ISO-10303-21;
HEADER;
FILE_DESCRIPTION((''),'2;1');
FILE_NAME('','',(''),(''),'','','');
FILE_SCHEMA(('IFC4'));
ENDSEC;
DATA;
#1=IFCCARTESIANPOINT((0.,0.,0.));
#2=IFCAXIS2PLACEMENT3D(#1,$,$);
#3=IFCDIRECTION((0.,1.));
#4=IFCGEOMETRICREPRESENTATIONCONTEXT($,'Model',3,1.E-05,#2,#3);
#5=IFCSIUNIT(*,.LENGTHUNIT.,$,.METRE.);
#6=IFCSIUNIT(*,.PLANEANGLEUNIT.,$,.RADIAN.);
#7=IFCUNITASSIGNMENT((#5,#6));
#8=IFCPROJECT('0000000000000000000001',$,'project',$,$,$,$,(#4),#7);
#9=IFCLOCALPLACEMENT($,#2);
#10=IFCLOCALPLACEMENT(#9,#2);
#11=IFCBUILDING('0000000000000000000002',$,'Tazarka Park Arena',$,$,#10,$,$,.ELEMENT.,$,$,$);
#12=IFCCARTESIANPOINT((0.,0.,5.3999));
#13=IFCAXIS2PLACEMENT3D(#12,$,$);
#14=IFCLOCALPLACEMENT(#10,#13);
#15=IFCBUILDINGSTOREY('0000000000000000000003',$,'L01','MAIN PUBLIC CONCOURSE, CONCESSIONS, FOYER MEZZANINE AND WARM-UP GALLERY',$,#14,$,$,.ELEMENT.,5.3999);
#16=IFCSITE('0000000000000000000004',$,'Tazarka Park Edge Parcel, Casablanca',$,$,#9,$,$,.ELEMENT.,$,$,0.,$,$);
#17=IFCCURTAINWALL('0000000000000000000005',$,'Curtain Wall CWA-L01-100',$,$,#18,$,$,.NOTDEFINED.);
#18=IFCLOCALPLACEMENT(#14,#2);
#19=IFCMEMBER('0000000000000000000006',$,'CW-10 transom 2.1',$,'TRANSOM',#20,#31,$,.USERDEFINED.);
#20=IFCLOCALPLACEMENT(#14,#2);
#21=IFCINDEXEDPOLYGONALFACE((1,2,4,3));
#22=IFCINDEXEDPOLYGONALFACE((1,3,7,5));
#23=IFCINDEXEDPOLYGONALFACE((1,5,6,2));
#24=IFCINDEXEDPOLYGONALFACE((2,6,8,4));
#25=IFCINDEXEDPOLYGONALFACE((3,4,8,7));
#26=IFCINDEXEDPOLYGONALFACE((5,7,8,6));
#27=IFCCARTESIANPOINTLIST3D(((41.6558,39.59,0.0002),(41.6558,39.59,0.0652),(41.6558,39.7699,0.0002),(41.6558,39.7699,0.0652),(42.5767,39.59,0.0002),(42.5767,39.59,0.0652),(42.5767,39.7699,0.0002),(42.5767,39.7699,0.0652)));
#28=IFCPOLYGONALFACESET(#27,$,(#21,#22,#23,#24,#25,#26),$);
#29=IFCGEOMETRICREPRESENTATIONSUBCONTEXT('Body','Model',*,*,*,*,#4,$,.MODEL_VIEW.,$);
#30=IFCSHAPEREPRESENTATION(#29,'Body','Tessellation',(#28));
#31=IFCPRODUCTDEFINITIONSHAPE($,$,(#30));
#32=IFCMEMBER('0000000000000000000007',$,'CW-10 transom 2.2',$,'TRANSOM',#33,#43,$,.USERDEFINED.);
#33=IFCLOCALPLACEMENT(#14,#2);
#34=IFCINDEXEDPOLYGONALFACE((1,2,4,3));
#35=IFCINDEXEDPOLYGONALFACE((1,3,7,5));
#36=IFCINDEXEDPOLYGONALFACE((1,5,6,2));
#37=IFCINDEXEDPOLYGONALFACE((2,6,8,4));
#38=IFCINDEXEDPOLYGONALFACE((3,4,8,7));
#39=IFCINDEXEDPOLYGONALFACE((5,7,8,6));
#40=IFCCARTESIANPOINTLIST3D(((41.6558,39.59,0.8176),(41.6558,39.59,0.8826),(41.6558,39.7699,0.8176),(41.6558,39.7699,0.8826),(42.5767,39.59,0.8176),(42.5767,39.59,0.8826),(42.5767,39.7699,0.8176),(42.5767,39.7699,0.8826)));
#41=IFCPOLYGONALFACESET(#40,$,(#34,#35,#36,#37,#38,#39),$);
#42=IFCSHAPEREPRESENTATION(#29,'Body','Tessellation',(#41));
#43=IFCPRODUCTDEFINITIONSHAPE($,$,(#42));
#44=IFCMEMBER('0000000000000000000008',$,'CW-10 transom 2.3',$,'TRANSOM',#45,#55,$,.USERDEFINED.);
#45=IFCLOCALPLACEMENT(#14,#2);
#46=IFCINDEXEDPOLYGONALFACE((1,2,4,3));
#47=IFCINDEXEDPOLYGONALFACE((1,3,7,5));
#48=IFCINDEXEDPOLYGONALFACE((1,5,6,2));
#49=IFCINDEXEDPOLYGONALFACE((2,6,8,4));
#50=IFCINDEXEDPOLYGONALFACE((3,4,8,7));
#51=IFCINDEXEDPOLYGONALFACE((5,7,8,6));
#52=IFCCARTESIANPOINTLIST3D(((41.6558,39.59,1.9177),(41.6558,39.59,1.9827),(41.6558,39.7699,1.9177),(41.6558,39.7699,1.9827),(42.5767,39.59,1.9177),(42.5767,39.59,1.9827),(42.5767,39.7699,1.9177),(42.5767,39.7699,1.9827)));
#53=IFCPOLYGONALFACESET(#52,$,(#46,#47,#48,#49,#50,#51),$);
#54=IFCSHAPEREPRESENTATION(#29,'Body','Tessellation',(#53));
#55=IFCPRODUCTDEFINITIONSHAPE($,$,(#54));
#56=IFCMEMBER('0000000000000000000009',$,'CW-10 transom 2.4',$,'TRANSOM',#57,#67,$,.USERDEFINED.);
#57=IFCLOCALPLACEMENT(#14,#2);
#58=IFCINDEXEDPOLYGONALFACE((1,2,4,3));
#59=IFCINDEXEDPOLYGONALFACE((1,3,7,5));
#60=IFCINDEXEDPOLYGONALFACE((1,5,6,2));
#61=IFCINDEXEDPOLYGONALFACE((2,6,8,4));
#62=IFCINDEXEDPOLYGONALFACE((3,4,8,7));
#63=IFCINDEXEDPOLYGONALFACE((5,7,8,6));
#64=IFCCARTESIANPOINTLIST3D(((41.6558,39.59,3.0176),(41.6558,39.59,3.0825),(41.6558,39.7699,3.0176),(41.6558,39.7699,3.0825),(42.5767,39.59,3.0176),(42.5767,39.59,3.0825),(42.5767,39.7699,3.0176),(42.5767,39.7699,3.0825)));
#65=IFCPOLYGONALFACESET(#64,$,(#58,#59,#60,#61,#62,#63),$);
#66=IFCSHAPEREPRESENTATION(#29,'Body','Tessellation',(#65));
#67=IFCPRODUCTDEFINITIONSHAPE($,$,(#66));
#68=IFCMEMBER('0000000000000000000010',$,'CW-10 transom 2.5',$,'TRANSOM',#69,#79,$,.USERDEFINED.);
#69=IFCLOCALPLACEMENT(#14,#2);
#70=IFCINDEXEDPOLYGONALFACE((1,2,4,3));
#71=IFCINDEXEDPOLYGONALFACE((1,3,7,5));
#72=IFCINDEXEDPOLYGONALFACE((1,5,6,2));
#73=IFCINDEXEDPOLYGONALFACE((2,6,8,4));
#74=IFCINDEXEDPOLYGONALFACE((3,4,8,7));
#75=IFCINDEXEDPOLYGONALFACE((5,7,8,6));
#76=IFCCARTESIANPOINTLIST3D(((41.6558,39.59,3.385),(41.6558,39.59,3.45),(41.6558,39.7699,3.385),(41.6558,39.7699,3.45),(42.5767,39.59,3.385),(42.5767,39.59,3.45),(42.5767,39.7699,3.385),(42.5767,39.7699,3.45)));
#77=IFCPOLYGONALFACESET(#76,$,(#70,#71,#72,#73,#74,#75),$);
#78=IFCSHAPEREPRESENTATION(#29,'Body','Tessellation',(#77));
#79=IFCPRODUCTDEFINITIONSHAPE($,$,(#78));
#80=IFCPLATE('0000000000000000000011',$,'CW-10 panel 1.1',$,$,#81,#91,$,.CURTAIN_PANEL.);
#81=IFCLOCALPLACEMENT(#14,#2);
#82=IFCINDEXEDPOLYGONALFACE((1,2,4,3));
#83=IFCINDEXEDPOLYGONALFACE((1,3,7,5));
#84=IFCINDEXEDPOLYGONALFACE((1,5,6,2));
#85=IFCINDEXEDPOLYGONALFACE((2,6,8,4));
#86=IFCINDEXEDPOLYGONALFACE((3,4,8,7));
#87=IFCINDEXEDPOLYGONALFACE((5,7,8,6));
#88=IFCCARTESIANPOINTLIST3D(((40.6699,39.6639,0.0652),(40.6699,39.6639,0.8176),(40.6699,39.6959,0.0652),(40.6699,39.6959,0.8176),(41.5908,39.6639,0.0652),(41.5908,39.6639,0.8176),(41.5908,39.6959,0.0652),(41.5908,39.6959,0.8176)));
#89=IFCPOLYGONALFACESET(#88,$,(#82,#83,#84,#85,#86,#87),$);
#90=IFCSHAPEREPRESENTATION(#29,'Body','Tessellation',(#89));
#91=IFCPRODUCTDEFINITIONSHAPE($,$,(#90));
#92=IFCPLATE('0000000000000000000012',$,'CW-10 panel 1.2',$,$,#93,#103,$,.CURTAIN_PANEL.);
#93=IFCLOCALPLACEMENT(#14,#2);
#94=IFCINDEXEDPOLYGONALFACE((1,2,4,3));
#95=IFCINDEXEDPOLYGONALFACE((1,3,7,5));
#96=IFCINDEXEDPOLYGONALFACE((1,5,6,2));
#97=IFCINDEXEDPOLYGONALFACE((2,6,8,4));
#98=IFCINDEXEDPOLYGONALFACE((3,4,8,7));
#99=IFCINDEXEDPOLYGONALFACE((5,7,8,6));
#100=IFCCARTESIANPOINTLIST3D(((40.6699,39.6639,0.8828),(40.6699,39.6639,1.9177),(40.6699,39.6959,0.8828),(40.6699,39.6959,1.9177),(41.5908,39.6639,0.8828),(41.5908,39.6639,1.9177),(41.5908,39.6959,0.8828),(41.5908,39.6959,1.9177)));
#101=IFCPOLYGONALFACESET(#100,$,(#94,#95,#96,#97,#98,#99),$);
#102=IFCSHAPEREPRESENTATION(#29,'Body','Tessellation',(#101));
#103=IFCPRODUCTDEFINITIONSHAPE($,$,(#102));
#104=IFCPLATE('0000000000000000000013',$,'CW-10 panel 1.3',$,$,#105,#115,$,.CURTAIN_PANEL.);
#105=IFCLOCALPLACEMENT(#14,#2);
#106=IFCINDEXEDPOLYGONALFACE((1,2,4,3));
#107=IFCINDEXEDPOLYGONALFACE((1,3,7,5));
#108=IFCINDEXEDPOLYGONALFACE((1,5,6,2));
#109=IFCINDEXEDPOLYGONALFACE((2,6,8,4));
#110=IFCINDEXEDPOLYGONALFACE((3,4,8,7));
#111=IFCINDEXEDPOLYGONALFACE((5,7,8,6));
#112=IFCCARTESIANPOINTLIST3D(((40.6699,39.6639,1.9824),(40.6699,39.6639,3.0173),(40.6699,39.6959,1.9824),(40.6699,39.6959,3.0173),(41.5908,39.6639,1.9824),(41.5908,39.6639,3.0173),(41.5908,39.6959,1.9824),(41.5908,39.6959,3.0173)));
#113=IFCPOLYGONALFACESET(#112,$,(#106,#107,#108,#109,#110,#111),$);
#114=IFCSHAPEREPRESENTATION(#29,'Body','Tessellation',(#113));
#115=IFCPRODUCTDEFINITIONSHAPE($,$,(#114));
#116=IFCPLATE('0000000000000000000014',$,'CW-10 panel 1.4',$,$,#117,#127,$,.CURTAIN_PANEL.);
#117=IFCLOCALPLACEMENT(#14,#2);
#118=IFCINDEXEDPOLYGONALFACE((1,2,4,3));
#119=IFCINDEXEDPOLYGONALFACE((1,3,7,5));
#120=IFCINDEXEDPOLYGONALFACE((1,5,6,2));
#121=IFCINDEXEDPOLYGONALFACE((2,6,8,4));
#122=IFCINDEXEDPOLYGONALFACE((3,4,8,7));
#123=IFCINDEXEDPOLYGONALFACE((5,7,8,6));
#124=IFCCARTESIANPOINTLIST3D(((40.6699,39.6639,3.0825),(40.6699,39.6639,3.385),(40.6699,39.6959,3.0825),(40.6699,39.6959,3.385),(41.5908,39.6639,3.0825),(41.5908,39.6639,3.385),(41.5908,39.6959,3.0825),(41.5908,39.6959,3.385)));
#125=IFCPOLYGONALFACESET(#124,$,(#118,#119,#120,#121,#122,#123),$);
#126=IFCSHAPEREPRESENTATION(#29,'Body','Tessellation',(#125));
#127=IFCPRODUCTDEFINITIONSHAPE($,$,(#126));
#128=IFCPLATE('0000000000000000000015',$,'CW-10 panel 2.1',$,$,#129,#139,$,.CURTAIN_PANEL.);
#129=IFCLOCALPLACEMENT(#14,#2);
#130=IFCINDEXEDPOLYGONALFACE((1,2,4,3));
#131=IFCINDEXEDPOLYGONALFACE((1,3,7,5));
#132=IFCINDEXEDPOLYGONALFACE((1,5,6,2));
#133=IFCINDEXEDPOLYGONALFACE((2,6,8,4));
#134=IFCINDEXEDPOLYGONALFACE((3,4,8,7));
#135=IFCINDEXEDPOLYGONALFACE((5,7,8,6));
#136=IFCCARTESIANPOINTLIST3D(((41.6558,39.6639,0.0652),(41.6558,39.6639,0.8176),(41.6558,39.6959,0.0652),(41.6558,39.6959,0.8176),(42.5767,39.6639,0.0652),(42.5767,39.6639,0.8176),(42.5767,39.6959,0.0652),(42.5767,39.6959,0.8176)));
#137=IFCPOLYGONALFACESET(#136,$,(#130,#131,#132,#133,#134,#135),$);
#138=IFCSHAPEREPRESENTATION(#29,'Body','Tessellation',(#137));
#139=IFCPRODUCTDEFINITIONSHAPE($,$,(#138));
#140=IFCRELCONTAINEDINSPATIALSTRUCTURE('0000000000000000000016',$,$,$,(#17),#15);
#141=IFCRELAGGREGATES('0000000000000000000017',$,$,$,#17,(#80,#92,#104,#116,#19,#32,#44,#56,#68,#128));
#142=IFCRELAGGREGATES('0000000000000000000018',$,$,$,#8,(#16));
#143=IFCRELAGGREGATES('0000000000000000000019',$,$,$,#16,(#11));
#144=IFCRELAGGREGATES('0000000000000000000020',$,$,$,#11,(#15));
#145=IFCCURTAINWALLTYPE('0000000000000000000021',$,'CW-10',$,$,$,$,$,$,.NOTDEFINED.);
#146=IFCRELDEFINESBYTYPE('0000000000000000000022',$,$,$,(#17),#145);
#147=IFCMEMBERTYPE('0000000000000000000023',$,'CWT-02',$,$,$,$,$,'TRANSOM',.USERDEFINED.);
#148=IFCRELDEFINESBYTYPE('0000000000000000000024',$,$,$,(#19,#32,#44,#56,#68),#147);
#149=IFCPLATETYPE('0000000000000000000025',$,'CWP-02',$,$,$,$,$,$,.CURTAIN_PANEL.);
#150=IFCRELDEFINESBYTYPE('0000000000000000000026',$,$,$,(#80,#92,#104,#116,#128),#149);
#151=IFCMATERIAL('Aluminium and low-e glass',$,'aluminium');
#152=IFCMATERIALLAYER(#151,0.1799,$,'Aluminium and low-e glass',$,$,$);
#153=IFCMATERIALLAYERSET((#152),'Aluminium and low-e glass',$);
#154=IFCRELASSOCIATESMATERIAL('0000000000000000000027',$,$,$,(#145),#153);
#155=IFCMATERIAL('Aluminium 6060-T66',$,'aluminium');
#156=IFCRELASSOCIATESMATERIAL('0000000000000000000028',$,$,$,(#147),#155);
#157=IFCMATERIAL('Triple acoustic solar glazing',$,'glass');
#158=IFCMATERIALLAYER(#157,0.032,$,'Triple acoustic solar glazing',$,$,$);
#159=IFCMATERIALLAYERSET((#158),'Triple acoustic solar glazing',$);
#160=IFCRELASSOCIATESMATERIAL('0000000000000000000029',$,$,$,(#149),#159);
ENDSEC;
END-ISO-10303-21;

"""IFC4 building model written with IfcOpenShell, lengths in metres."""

from ifc_helpers import new_model, si_unit, direction, frame, origin, origin_2d, place, context, subcontext, project, spatial, rectangle, extrude, material, layer, layer_set, material_profile, profile_set, type_object, element, aggregate, save


model = new_model("IFC4")

# Units and contexts
model_context = context("Model", 3, precision=1e-05, world=origin(), true_north=direction((0.0, 1.0)))
body_context = subcontext(model_context, "Body", "Model", "MODEL_VIEW")
ifc_project = project(units=[si_unit("LENGTHUNIT", "METRE"), si_unit("PLANEANGLEUNIT", "RADIAN")], contexts=[model_context])

# Site, building, storey
site_placement = place(None, origin())
site = spatial("IfcSite", under=ifc_project, at=site_placement, Name="Tazarka Park Edge Parcel, Casablanca", CompositionType="ELEMENT", RefElevation=0.0)
building_placement = place(site_placement, origin())
building = spatial("IfcBuilding", under=site, at=building_placement, Name="Tazarka Park Arena", CompositionType="ELEMENT")
storey_placement = place(building_placement, frame((0.0, 0.0, 5.3999)))
storey = spatial("IfcBuildingStorey", under=building, at=storey_placement, Name="L01", Description="MAIN PUBLIC CONCOURSE, CONCESSIONS, FOYER MEZZANINE AND WARM-UP GALLERY", CompositionType="ELEMENT", Elevation=5.3999)

# Curtain wall, members, plates
ifc_material_1 = material(Name="Aluminium and low-e glass", Category="aluminium")
ifc_layer_1 = layer(ifc_material_1, 0.1799, Name="Aluminium and low-e glass")
ifc_layer_set_1 = layer_set([ifc_layer_1], Name="Aluminium and low-e glass")
curtain_wall_type = type_object("IfcCurtainWallType", Name="CW-10", PredefinedType="NOTDEFINED", material=ifc_layer_set_1)
curtain_wall_placement = place(storey_placement, origin())
curtain_wall = element("IfcCurtainWall", 1, at=curtain_wall_placement, inside=storey, type_object=curtain_wall_type, Name="Curtain Wall CWA-L01-100", PredefinedType="NOTDEFINED")
ifc_material_2 = material(Name="Aluminium 6060-T66", Category="aluminium")
ifc_material_profile_1 = material_profile(ifc_material_2, rectangle(XDim=0.1799, YDim=0.0649, at=origin_2d()), Name="Aluminium 6060-T66")
ifc_profile_set_1 = profile_set([ifc_material_profile_1], Name="Aluminium 6060-T66")
member_type_1 = type_object("IfcMemberType", Name="CWT-02", ElementType="TRANSOM", PredefinedType="USERDEFINED", material=ifc_profile_set_1)
member_1_placement = place(storey_placement, frame((41.6558, 39.6799, 0.0327), z_axis=(1.0, 0.0, 0.0), x_axis=(0.0, 1.0, 0.0)))
member_1 = element("IfcMember", 2, at=member_1_placement, type_object=member_type_1, Name="CW-10 transom 2.1", ObjectType="TRANSOM", PredefinedType="USERDEFINED", context=body_context, shape_type="SweptSolid", body=[
    extrude(rectangle(XDim=0.1799, YDim=0.0649, at=origin_2d()), origin(), (0.0, 0.0, 1.0), 0.9209),
])
member_2_placement = place(storey_placement, frame((41.6558, 39.6799, 0.8501), z_axis=(1.0, 0.0, 0.0), x_axis=(0.0, 1.0, 0.0)))
member_2 = element("IfcMember", 3, at=member_2_placement, type_object=member_type_1, Name="CW-10 transom 2.2", ObjectType="TRANSOM", PredefinedType="USERDEFINED", context=body_context, shape_type="SweptSolid", body=[
    extrude(rectangle(XDim=0.1799, YDim=0.0649, at=origin_2d()), origin(), (0.0, 0.0, 1.0), 0.9209),
])
member_3_placement = place(storey_placement, frame((41.6558, 39.6799, 1.9502), z_axis=(1.0, 0.0, 0.0), x_axis=(0.0, 1.0, 0.0)))
member_3 = element("IfcMember", 4, at=member_3_placement, type_object=member_type_1, Name="CW-10 transom 2.3", ObjectType="TRANSOM", PredefinedType="USERDEFINED", context=body_context, shape_type="SweptSolid", body=[
    extrude(rectangle(XDim=0.1799, YDim=0.0649, at=origin_2d()), origin(), (0.0, 0.0, 1.0), 0.9209),
])
member_4_placement = place(storey_placement, frame((41.6558, 39.6799, 3.05), z_axis=(1.0, 0.0, 0.0), x_axis=(0.0, 1.0, 0.0)))
member_4 = element("IfcMember", 5, at=member_4_placement, type_object=member_type_1, Name="CW-10 transom 2.4", ObjectType="TRANSOM", PredefinedType="USERDEFINED", context=body_context, shape_type="SweptSolid", body=[
    extrude(rectangle(XDim=0.1799, YDim=0.0649, at=origin_2d()), origin(), (0.0, 0.0, 1.0), 0.9209),
])
member_5_placement = place(storey_placement, frame((41.6558, 39.6799, 3.4175), z_axis=(1.0, 0.0, 0.0), x_axis=(0.0, 1.0, 0.0)))
member_5 = element("IfcMember", 6, at=member_5_placement, type_object=member_type_1, Name="CW-10 transom 2.5", ObjectType="TRANSOM", PredefinedType="USERDEFINED", context=body_context, shape_type="SweptSolid", body=[
    extrude(rectangle(XDim=0.1799, YDim=0.0649, at=origin_2d()), origin(), (0.0, 0.0, 1.0), 0.9209),
])
ifc_material_3 = material(Name="Triple acoustic solar glazing", Category="glass")
ifc_layer_2 = layer(ifc_material_3, 0.032, Name="Triple acoustic solar glazing")
ifc_layer_set_2 = layer_set([ifc_layer_2], Name="Triple acoustic solar glazing")
plate_type = type_object("IfcPlateType", Name="CWP-02", PredefinedType="CURTAIN_PANEL", material=ifc_layer_set_2)
plate_1_placement = place(storey_placement, frame((41.1304, 39.6799, 0.0652), z_axis=(0.0, 0.0, 1.0), x_axis=(1.0, 0.0, 0.0)))
plate_1 = element("IfcPlate", 7, at=plate_1_placement, type_object=plate_type, Name="CW-10 panel 1.1", PredefinedType="CURTAIN_PANEL", context=body_context, shape_type="SweptSolid", body=[
    extrude(rectangle(XDim=0.9209, YDim=0.032, at=origin_2d()), origin(), (0.0, 0.0, 1.0), 0.7524),
])
plate_2_placement = place(storey_placement, frame((41.1304, 39.6799, 0.8828), z_axis=(0.0, 0.0, 1.0), x_axis=(1.0, 0.0, 0.0)))
plate_2 = element("IfcPlate", 8, at=plate_2_placement, type_object=plate_type, Name="CW-10 panel 1.2", PredefinedType="CURTAIN_PANEL", context=body_context, shape_type="SweptSolid", body=[
    extrude(rectangle(XDim=0.9209, YDim=0.032, at=origin_2d()), origin(), (0.0, 0.0, 1.0), 1.0349),
])
plate_3_placement = place(storey_placement, frame((41.1304, 39.6799, 1.9824), z_axis=(0.0, 0.0, 1.0), x_axis=(1.0, 0.0, 0.0)))
plate_3 = element("IfcPlate", 9, at=plate_3_placement, type_object=plate_type, Name="CW-10 panel 1.3", PredefinedType="CURTAIN_PANEL", context=body_context, shape_type="SweptSolid", body=[
    extrude(rectangle(XDim=0.9209, YDim=0.032, at=origin_2d()), origin(), (0.0, 0.0, 1.0), 1.0349),
])
plate_4_placement = place(storey_placement, frame((41.1304, 39.6799, 3.0825), z_axis=(0.0, 0.0, 1.0), x_axis=(1.0, 0.0, 0.0)))
plate_4 = element("IfcPlate", 10, at=plate_4_placement, type_object=plate_type, Name="CW-10 panel 1.4", PredefinedType="CURTAIN_PANEL", context=body_context, shape_type="SweptSolid", body=[
    extrude(rectangle(XDim=0.9209, YDim=0.032, at=origin_2d()), origin(), (0.0, 0.0, 1.0), 0.3025),
])
plate_5_placement = place(storey_placement, frame((42.1162, 39.6799, 0.0652), z_axis=(0.0, 0.0, 1.0), x_axis=(1.0, 0.0, 0.0)))
plate_5 = element("IfcPlate", 11, at=plate_5_placement, type_object=plate_type, Name="CW-10 panel 2.1", PredefinedType="CURTAIN_PANEL", context=body_context, shape_type="SweptSolid", body=[
    extrude(rectangle(XDim=0.9209, YDim=0.032, at=origin_2d()), origin(), (0.0, 0.0, 1.0), 0.7524),
])
aggregate(curtain_wall, [plate_1, plate_2, plate_3, plate_4, member_1, member_2, member_3, member_4, member_5, plate_5])

save(model, "model.ifc")
